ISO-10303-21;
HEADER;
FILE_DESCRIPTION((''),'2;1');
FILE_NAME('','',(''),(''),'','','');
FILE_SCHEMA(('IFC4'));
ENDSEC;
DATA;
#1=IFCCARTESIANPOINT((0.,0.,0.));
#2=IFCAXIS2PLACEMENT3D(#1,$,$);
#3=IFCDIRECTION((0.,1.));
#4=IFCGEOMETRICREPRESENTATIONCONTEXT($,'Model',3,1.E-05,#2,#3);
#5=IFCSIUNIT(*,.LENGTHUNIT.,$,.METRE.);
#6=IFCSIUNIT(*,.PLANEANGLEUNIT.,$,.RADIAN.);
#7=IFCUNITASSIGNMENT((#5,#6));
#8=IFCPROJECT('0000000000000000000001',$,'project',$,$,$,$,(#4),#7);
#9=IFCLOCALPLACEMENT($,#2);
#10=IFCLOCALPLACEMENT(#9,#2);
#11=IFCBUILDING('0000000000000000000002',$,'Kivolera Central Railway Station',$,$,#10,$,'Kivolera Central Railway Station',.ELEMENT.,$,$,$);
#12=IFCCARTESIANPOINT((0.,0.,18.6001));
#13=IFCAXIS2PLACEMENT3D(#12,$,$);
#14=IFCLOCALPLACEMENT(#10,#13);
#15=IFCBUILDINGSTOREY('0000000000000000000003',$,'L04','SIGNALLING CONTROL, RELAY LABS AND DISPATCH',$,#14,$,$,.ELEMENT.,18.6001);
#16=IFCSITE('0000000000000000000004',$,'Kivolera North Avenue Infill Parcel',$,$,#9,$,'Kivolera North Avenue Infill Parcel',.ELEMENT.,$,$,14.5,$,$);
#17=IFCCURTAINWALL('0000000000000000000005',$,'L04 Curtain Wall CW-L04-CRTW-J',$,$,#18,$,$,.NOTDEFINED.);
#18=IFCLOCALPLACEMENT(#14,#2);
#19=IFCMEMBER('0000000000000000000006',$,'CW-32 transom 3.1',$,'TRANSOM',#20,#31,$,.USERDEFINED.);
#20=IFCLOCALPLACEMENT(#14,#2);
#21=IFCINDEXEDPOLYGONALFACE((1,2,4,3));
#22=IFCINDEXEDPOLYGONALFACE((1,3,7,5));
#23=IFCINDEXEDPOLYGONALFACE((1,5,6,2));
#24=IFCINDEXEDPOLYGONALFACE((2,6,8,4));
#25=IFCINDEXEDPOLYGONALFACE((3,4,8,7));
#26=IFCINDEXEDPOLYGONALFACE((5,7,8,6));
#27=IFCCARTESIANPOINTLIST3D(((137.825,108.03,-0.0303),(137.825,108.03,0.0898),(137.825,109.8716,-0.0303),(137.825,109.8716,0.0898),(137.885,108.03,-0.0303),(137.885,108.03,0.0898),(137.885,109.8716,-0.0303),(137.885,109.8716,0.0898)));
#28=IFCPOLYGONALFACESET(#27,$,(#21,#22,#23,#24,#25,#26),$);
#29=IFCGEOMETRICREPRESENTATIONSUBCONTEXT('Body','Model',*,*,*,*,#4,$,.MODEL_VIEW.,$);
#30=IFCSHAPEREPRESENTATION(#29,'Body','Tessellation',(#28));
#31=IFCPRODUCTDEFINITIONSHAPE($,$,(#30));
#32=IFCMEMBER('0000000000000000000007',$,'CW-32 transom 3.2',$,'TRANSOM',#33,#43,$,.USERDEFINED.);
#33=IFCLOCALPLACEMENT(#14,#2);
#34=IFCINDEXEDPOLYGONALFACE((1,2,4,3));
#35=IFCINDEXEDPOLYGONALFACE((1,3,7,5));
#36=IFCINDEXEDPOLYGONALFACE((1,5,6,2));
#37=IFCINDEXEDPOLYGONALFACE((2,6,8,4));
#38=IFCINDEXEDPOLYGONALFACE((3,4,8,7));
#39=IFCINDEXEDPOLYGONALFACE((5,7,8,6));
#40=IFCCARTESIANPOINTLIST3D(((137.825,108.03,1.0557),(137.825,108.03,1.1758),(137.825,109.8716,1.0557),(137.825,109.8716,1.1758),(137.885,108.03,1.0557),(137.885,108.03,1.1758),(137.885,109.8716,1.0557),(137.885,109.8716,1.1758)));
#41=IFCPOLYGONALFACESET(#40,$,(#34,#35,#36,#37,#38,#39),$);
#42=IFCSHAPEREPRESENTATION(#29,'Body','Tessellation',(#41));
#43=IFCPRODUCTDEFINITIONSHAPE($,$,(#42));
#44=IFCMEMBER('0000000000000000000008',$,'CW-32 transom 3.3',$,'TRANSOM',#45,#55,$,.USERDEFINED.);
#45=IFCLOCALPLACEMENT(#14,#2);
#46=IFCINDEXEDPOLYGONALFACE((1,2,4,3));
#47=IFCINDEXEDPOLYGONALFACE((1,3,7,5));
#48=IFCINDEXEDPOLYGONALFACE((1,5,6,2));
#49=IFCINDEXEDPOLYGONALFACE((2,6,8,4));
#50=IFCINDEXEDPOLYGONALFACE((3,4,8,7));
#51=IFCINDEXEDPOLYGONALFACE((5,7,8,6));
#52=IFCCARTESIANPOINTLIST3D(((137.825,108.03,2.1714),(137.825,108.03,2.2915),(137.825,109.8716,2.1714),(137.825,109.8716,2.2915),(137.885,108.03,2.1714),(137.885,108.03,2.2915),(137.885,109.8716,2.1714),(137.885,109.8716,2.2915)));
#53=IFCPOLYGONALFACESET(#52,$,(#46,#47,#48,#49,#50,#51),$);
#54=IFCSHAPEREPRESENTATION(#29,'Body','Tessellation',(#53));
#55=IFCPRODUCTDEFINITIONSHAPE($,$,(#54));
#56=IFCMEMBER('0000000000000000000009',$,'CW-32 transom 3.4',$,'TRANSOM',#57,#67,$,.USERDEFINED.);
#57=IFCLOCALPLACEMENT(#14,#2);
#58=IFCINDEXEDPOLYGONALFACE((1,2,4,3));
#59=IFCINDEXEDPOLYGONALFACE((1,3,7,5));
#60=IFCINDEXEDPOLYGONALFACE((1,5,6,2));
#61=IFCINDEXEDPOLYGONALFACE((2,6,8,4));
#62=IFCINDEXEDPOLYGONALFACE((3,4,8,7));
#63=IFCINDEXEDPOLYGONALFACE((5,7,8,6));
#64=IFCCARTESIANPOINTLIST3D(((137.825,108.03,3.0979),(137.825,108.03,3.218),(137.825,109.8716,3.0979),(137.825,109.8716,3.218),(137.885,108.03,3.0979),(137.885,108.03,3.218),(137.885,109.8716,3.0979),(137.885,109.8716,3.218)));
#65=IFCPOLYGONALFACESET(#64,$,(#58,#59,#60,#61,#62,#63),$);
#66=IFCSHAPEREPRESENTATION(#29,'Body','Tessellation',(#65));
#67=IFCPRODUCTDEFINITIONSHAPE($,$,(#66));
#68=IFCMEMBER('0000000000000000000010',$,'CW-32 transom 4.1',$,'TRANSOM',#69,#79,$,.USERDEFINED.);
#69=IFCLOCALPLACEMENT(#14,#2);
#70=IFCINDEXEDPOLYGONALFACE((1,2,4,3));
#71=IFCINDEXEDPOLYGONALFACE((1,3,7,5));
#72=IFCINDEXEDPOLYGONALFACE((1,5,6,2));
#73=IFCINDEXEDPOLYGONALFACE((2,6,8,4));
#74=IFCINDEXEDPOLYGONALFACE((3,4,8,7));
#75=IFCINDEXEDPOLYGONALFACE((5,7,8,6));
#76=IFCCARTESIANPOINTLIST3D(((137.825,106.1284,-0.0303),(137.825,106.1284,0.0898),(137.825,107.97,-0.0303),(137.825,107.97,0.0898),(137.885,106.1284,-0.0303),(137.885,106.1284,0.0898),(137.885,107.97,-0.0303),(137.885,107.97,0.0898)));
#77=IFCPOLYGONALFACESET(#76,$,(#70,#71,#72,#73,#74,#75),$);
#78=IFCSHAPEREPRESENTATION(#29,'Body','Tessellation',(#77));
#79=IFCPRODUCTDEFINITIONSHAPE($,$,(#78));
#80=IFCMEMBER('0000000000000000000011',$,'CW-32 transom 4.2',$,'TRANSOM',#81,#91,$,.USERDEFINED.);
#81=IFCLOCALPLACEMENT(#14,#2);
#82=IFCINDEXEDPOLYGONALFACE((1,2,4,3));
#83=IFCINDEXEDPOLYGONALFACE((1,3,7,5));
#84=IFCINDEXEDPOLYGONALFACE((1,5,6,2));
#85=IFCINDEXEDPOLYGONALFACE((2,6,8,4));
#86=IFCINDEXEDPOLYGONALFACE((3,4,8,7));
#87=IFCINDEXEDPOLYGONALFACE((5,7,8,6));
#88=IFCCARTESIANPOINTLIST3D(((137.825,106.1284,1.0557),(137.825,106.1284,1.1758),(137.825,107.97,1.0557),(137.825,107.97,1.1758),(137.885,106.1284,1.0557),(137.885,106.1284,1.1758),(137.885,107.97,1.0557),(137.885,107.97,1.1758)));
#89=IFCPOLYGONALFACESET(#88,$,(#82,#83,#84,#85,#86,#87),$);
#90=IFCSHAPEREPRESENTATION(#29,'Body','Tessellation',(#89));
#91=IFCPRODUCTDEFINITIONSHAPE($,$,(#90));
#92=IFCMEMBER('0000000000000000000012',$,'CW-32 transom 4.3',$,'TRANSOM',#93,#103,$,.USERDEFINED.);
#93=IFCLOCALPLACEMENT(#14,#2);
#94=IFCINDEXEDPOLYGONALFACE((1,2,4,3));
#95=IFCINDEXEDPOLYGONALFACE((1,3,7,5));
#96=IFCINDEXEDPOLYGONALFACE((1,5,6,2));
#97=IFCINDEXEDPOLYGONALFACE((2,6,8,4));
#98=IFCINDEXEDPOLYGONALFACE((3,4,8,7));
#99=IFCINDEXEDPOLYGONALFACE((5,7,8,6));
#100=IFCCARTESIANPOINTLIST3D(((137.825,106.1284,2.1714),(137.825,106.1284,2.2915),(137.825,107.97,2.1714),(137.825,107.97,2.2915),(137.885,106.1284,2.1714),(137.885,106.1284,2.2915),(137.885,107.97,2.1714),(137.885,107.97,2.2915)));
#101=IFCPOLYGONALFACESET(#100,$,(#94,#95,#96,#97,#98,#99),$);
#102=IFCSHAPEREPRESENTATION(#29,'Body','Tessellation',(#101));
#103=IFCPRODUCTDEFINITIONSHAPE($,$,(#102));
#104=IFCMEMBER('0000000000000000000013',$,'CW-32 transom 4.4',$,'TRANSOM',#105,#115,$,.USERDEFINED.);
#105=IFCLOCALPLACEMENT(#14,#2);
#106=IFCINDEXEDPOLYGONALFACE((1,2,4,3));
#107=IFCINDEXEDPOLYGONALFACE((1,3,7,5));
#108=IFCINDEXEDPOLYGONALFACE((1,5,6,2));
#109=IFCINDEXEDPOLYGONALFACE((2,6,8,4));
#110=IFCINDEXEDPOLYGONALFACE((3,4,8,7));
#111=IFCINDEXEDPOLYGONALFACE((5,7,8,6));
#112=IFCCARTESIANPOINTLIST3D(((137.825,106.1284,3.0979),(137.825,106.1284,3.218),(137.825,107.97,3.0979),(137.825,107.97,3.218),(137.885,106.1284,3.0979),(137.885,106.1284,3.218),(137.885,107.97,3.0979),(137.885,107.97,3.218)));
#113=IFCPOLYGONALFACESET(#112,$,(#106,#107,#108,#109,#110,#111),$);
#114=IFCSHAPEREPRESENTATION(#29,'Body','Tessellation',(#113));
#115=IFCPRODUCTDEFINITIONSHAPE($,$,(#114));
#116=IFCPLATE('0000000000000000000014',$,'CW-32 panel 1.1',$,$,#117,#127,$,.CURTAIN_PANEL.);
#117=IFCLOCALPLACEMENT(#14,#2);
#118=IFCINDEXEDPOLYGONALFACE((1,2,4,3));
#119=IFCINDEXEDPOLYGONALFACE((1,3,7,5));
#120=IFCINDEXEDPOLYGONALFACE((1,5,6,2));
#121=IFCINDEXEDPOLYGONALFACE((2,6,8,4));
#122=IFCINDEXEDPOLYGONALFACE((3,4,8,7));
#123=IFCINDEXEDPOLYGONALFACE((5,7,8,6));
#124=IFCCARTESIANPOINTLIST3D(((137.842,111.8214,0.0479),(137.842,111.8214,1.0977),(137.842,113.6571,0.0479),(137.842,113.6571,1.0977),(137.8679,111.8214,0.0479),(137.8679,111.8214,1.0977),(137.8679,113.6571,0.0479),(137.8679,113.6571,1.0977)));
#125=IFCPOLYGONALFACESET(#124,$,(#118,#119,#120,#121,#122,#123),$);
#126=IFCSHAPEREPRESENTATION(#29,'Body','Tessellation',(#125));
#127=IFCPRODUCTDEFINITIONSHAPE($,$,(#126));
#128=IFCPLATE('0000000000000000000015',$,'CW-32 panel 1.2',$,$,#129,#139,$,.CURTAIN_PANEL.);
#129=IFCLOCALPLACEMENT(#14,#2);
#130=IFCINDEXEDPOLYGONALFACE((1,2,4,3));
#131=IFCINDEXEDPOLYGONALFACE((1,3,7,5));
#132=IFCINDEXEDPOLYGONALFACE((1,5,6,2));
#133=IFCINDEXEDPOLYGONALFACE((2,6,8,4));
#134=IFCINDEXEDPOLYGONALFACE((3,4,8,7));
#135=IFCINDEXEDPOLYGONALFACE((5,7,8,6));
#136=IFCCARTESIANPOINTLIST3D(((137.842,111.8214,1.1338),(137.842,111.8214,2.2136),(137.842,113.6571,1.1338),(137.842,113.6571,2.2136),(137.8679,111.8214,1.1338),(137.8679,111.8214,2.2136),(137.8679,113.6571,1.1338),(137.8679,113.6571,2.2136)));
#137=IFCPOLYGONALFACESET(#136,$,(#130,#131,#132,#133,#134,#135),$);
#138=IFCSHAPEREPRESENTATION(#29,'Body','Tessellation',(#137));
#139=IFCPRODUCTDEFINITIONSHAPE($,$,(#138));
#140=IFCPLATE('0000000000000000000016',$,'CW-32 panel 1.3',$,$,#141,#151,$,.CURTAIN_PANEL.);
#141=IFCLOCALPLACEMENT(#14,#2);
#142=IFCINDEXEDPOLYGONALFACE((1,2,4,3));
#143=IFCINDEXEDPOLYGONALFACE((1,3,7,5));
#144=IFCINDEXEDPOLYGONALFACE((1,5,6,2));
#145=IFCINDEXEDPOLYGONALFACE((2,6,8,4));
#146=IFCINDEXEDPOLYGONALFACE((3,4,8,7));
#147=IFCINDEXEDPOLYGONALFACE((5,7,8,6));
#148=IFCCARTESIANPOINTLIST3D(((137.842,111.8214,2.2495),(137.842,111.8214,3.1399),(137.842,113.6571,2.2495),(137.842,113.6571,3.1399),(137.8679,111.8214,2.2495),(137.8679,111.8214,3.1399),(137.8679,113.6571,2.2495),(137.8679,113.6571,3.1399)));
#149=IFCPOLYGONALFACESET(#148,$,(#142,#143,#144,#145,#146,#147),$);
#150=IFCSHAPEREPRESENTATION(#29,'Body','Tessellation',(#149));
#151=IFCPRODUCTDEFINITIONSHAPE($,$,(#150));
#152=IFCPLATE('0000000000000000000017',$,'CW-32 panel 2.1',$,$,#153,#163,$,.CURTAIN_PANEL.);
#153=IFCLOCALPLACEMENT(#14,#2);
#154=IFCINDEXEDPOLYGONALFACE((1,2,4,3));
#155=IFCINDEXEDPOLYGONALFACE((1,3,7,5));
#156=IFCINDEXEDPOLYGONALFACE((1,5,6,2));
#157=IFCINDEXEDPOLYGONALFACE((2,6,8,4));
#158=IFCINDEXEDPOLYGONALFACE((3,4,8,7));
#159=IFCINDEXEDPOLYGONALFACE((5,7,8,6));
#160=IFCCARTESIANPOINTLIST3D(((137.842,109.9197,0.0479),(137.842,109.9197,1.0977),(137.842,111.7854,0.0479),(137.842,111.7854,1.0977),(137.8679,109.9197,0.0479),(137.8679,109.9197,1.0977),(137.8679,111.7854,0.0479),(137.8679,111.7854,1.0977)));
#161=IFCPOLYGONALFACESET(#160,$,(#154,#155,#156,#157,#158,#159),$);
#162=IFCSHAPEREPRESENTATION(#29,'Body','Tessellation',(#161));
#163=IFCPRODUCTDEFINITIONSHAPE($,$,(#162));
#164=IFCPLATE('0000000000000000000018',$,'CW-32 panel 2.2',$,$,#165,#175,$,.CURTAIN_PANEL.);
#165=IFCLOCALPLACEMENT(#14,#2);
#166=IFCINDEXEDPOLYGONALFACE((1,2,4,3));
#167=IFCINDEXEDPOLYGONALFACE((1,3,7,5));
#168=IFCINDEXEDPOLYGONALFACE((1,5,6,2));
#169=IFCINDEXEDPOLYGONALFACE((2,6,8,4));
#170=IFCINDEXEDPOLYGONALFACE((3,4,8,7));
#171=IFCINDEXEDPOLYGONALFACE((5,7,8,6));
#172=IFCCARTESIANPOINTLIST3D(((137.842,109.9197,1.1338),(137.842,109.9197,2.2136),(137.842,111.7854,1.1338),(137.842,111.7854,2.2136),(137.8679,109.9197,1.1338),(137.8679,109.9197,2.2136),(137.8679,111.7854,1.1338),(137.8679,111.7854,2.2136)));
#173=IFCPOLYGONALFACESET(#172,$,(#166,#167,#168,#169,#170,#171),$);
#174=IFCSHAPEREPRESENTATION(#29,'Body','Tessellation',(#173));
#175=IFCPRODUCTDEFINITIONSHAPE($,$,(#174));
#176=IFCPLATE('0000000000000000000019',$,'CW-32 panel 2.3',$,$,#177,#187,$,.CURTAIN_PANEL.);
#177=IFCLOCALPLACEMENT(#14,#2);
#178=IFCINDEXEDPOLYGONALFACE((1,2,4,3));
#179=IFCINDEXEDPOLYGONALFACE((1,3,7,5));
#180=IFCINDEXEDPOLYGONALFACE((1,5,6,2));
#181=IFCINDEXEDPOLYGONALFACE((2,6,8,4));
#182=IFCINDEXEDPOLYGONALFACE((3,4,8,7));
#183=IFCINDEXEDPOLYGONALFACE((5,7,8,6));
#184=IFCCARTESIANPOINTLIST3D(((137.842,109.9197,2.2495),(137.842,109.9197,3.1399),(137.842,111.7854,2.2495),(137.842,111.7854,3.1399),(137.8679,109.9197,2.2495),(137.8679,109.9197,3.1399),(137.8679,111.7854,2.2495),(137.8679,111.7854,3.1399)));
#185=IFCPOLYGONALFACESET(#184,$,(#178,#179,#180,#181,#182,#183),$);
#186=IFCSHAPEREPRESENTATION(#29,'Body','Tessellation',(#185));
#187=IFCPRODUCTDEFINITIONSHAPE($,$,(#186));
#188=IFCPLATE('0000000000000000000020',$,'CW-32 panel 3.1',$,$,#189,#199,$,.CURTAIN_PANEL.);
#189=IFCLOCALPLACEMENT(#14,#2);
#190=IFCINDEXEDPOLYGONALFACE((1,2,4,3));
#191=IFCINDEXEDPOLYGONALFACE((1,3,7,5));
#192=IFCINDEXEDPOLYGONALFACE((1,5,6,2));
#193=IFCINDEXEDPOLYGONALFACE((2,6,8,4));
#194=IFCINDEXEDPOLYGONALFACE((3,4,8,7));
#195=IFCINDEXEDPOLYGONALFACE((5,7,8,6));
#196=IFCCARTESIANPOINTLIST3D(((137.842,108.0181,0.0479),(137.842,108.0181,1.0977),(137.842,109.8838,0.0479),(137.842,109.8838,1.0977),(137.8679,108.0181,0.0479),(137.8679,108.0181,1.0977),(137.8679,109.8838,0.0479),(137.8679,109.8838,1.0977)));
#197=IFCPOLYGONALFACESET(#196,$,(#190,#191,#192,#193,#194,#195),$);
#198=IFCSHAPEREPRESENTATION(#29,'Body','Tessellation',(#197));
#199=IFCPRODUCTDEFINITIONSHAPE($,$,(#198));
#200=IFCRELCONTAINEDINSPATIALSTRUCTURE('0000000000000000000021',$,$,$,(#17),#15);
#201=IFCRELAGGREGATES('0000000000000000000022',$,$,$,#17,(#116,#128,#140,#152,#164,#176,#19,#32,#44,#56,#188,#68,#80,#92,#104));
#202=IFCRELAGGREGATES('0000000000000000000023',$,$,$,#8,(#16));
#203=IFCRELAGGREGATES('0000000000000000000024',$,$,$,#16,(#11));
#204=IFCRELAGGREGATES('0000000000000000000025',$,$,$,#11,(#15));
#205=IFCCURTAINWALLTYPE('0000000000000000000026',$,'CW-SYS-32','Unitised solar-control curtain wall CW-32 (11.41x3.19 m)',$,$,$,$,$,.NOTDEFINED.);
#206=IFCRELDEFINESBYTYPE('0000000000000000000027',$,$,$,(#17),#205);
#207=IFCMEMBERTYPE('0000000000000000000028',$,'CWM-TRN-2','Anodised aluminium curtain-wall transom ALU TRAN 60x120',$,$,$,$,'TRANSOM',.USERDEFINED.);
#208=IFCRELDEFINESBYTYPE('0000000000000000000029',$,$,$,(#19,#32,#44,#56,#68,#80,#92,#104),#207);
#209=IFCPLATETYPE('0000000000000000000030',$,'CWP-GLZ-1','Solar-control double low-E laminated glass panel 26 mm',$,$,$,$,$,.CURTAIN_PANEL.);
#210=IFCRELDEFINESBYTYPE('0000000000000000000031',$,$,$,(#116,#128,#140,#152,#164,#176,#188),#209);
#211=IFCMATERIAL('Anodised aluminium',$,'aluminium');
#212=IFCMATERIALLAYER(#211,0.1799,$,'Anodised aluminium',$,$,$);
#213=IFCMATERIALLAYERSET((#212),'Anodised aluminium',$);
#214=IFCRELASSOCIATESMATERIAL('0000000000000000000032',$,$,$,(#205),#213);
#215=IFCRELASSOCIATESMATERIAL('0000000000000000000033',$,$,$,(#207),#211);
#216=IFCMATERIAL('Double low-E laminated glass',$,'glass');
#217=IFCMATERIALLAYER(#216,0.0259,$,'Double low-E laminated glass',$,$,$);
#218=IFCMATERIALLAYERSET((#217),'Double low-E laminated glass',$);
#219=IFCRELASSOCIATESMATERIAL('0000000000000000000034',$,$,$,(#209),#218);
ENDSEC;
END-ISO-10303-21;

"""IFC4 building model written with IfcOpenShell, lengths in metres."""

from ifc_helpers import new_model, si_unit, direction, frame, origin, origin_2d, place, context, subcontext, project, spatial, rectangle, extrude, material, layer, layer_set, material_profile, profile_set, type_object, element, aggregate, save


model = new_model("IFC4")

# Units and contexts
model_context = context("Model", 3, precision=1e-05, world=origin(), true_north=direction((0.0, 1.0)))
body_context = subcontext(model_context, "Body", "Model", "MODEL_VIEW")
ifc_project = project(units=[si_unit("LENGTHUNIT", "METRE"), si_unit("PLANEANGLEUNIT", "RADIAN")], contexts=[model_context])

# Site, building, storey
site_placement = place(None, origin())
site = spatial("IfcSite", under=ifc_project, at=site_placement, Name="Kivolera North Avenue Infill Parcel", LongName="Kivolera North Avenue Infill Parcel", CompositionType="ELEMENT", RefElevation=14.5)
building_placement = place(site_placement, origin())
building = spatial("IfcBuilding", under=site, at=building_placement, Name="Kivolera Central Railway Station", LongName="Kivolera Central Railway Station", CompositionType="ELEMENT")
storey_placement = place(building_placement, frame((0.0, 0.0, 18.6001)))
storey = spatial("IfcBuildingStorey", under=building, at=storey_placement, Name="L04", Description="SIGNALLING CONTROL, RELAY LABS AND DISPATCH", CompositionType="ELEMENT", Elevation=18.6001)

# Curtain wall, members, plates
ifc_material_1 = material(Name="Anodised aluminium", Category="aluminium")
ifc_layer_1 = layer(ifc_material_1, 0.1799, Name="Anodised aluminium")
ifc_layer_set_1 = layer_set([ifc_layer_1], Name="Anodised aluminium")
curtain_wall_type = type_object("IfcCurtainWallType", Name="CW-SYS-32", Description="Unitised solar-control curtain wall CW-32 (11.41x3.19 m)", PredefinedType="NOTDEFINED", material=ifc_layer_set_1)
curtain_wall_placement = place(storey_placement, origin())
curtain_wall = element("IfcCurtainWall", 1, at=curtain_wall_placement, inside=storey, type_object=curtain_wall_type, Name="L04 Curtain Wall CW-L04-CRTW-J", PredefinedType="NOTDEFINED")
ifc_material_profile_1 = material_profile(ifc_material_1, rectangle(XDim=0.0601, YDim=0.1201, at=origin_2d()), Name="ALU TRAN 60x120")
ifc_profile_set_1 = profile_set([ifc_material_profile_1], Name="Anodised aluminium")
member_type_1 = type_object("IfcMemberType", Name="CWM-TRN-2", Description="Anodised aluminium curtain-wall transom ALU TRAN 60x120", ElementType="TRANSOM", PredefinedType="USERDEFINED", material=ifc_profile_set_1)
member_1_placement = place(storey_placement, frame((137.855, 109.8716, 0.0298), z_axis=(0.0, -1.0, 0.0), x_axis=(1.0, 0.0, 0.0)))
member_1 = element("IfcMember", 2, at=member_1_placement, type_object=member_type_1, Name="CW-32 transom 3.1", ObjectType="TRANSOM", PredefinedType="USERDEFINED", context=body_context, shape_type="SweptSolid", body=[
    extrude(rectangle(XDim=0.0601, YDim=0.1201, at=origin_2d()), origin(), (0.0, 0.0, 1.0), 1.8416),
])
member_2_placement = place(storey_placement, frame((137.855, 109.8716, 1.1157), z_axis=(0.0, -1.0, 0.0), x_axis=(1.0, 0.0, 0.0)))
member_2 = element("IfcMember", 3, at=member_2_placement, type_object=member_type_1, Name="CW-32 transom 3.2", ObjectType="TRANSOM", PredefinedType="USERDEFINED", context=body_context, shape_type="SweptSolid", body=[
    extrude(rectangle(XDim=0.0601, YDim=0.1201, at=origin_2d()), origin(), (0.0, 0.0, 1.0), 1.8416),
])
member_3_placement = place(storey_placement, frame((137.855, 109.8716, 2.2314), z_axis=(0.0, -1.0, 0.0), x_axis=(1.0, 0.0, 0.0)))
member_3 = element("IfcMember", 4, at=member_3_placement, type_object=member_type_1, Name="CW-32 transom 3.3", ObjectType="TRANSOM", PredefinedType="USERDEFINED", context=body_context, shape_type="SweptSolid", body=[
    extrude(rectangle(XDim=0.0601, YDim=0.1201, at=origin_2d()), origin(), (0.0, 0.0, 1.0), 1.8416),
])
member_4_placement = place(storey_placement, frame((137.855, 109.8716, 3.158), z_axis=(0.0, -1.0, 0.0), x_axis=(1.0, 0.0, 0.0)))
member_4 = element("IfcMember", 5, at=member_4_placement, type_object=member_type_1, Name="CW-32 transom 3.4", ObjectType="TRANSOM", PredefinedType="USERDEFINED", context=body_context, shape_type="SweptSolid", body=[
    extrude(rectangle(XDim=0.0601, YDim=0.1201, at=origin_2d()), origin(), (0.0, 0.0, 1.0), 1.8416),
])
member_5_placement = place(storey_placement, frame((137.855, 107.97, 0.0298), z_axis=(0.0, -1.0, 0.0), x_axis=(1.0, 0.0, 0.0)))
member_5 = element("IfcMember", 6, at=member_5_placement, type_object=member_type_1, Name="CW-32 transom 4.1", ObjectType="TRANSOM", PredefinedType="USERDEFINED", context=body_context, shape_type="SweptSolid", body=[
    extrude(rectangle(XDim=0.0601, YDim=0.1201, at=origin_2d()), origin(), (0.0, 0.0, 1.0), 1.8416),
])
member_6_placement = place(storey_placement, frame((137.855, 107.97, 1.1157), z_axis=(0.0, -1.0, 0.0), x_axis=(1.0, 0.0, 0.0)))
member_6 = element("IfcMember", 7, at=member_6_placement, type_object=member_type_1, Name="CW-32 transom 4.2", ObjectType="TRANSOM", PredefinedType="USERDEFINED", context=body_context, shape_type="SweptSolid", body=[
    extrude(rectangle(XDim=0.0601, YDim=0.1201, at=origin_2d()), origin(), (0.0, 0.0, 1.0), 1.8416),
])
member_7_placement = place(storey_placement, frame((137.855, 107.97, 2.2314), z_axis=(0.0, -1.0, 0.0), x_axis=(1.0, 0.0, 0.0)))
member_7 = element("IfcMember", 8, at=member_7_placement, type_object=member_type_1, Name="CW-32 transom 4.3", ObjectType="TRANSOM", PredefinedType="USERDEFINED", context=body_context, shape_type="SweptSolid", body=[
    extrude(rectangle(XDim=0.0601, YDim=0.1201, at=origin_2d()), origin(), (0.0, 0.0, 1.0), 1.8416),
])
member_8_placement = place(storey_placement, frame((137.855, 107.97, 3.158), z_axis=(0.0, -1.0, 0.0), x_axis=(1.0, 0.0, 0.0)))
member_8 = element("IfcMember", 9, at=member_8_placement, type_object=member_type_1, Name="CW-32 transom 4.4", ObjectType="TRANSOM", PredefinedType="USERDEFINED", context=body_context, shape_type="SweptSolid", body=[
    extrude(rectangle(XDim=0.0601, YDim=0.1201, at=origin_2d()), origin(), (0.0, 0.0, 1.0), 1.8416),
])
ifc_material_2 = material(Name="Double low-E laminated glass", Category="glass")
ifc_layer_2 = layer(ifc_material_2, 0.0259, Name="Double low-E laminated glass")
ifc_layer_set_2 = layer_set([ifc_layer_2], Name="Double low-E laminated glass")
plate_type = type_object("IfcPlateType", Name="CWP-GLZ-1", Description="Solar-control double low-E laminated glass panel 26 mm", PredefinedType="CURTAIN_PANEL", material=ifc_layer_set_2)
plate_1_placement = place(storey_placement, frame((137.855, 112.7393, 0.0479), z_axis=(0.0, 0.0, 1.0), x_axis=(0.0, -1.0, 0.0)))
plate_1 = element("IfcPlate", 10, at=plate_1_placement, type_object=plate_type, Name="CW-32 panel 1.1", PredefinedType="CURTAIN_PANEL", context=body_context, shape_type="SweptSolid", body=[
    extrude(rectangle(XDim=1.8357, YDim=0.0259, at=origin_2d()), origin(), (0.0, 0.0, 1.0), 1.0498),
])
plate_2_placement = place(storey_placement, frame((137.855, 112.7393, 1.1338), z_axis=(0.0, 0.0, 1.0), x_axis=(0.0, -1.0, 0.0)))
plate_2 = element("IfcPlate", 11, at=plate_2_placement, type_object=plate_type, Name="CW-32 panel 1.2", PredefinedType="CURTAIN_PANEL", context=body_context, shape_type="SweptSolid", body=[
    extrude(rectangle(XDim=1.8357, YDim=0.0259, at=origin_2d()), origin(), (0.0, 0.0, 1.0), 1.0798),
])
plate_3_placement = place(storey_placement, frame((137.855, 112.7393, 2.2495), z_axis=(0.0, 0.0, 1.0), x_axis=(0.0, -1.0, 0.0)))
plate_3 = element("IfcPlate", 12, at=plate_3_placement, type_object=plate_type, Name="CW-32 panel 1.3", PredefinedType="CURTAIN_PANEL", context=body_context, shape_type="SweptSolid", body=[
    extrude(rectangle(XDim=1.8357, YDim=0.0259, at=origin_2d()), origin(), (0.0, 0.0, 1.0), 0.8904),
])
plate_4_placement = place(storey_placement, frame((137.855, 110.8525, 0.0479), z_axis=(0.0, 0.0, 1.0), x_axis=(0.0, -1.0, 0.0)))
plate_4 = element("IfcPlate", 13, at=plate_4_placement, type_object=plate_type, Name="CW-32 panel 2.1", PredefinedType="CURTAIN_PANEL", context=body_context, shape_type="SweptSolid", body=[
    extrude(rectangle(XDim=1.8657, YDim=0.0259, at=origin_2d()), origin(), (0.0, 0.0, 1.0), 1.0498),
])
plate_5_placement = place(storey_placement, frame((137.855, 110.8525, 1.1338), z_axis=(0.0, 0.0, 1.0), x_axis=(0.0, -1.0, 0.0)))
plate_5 = element("IfcPlate", 14, at=plate_5_placement, type_object=plate_type, Name="CW-32 panel 2.2", PredefinedType="CURTAIN_PANEL", context=body_context, shape_type="SweptSolid", body=[
    extrude(rectangle(XDim=1.8657, YDim=0.0259, at=origin_2d()), origin(), (0.0, 0.0, 1.0), 1.0798),
])
plate_6_placement = place(storey_placement, frame((137.855, 110.8525, 2.2495), z_axis=(0.0, 0.0, 1.0), x_axis=(0.0, -1.0, 0.0)))
plate_6 = element("IfcPlate", 15, at=plate_6_placement, type_object=plate_type, Name="CW-32 panel 2.3", PredefinedType="CURTAIN_PANEL", context=body_context, shape_type="SweptSolid", body=[
    extrude(rectangle(XDim=1.8657, YDim=0.0259, at=origin_2d()), origin(), (0.0, 0.0, 1.0), 0.8904),
])
plate_7_placement = place(storey_placement, frame((137.855, 108.9509, 0.0479), z_axis=(0.0, 0.0, 1.0), x_axis=(0.0, -1.0, 0.0)))
plate_7 = element("IfcPlate", 16, at=plate_7_placement, type_object=plate_type, Name="CW-32 panel 3.1", PredefinedType="CURTAIN_PANEL", context=body_context, shape_type="SweptSolid", body=[
    extrude(rectangle(XDim=1.8657, YDim=0.0259, at=origin_2d()), origin(), (0.0, 0.0, 1.0), 1.0498),
])
aggregate(curtain_wall, [plate_1, plate_2, plate_3, plate_4, plate_5, plate_6, member_1, member_2, member_3, member_4, plate_7, member_5, member_6, member_7, member_8])

save(model, "model.ifc")
